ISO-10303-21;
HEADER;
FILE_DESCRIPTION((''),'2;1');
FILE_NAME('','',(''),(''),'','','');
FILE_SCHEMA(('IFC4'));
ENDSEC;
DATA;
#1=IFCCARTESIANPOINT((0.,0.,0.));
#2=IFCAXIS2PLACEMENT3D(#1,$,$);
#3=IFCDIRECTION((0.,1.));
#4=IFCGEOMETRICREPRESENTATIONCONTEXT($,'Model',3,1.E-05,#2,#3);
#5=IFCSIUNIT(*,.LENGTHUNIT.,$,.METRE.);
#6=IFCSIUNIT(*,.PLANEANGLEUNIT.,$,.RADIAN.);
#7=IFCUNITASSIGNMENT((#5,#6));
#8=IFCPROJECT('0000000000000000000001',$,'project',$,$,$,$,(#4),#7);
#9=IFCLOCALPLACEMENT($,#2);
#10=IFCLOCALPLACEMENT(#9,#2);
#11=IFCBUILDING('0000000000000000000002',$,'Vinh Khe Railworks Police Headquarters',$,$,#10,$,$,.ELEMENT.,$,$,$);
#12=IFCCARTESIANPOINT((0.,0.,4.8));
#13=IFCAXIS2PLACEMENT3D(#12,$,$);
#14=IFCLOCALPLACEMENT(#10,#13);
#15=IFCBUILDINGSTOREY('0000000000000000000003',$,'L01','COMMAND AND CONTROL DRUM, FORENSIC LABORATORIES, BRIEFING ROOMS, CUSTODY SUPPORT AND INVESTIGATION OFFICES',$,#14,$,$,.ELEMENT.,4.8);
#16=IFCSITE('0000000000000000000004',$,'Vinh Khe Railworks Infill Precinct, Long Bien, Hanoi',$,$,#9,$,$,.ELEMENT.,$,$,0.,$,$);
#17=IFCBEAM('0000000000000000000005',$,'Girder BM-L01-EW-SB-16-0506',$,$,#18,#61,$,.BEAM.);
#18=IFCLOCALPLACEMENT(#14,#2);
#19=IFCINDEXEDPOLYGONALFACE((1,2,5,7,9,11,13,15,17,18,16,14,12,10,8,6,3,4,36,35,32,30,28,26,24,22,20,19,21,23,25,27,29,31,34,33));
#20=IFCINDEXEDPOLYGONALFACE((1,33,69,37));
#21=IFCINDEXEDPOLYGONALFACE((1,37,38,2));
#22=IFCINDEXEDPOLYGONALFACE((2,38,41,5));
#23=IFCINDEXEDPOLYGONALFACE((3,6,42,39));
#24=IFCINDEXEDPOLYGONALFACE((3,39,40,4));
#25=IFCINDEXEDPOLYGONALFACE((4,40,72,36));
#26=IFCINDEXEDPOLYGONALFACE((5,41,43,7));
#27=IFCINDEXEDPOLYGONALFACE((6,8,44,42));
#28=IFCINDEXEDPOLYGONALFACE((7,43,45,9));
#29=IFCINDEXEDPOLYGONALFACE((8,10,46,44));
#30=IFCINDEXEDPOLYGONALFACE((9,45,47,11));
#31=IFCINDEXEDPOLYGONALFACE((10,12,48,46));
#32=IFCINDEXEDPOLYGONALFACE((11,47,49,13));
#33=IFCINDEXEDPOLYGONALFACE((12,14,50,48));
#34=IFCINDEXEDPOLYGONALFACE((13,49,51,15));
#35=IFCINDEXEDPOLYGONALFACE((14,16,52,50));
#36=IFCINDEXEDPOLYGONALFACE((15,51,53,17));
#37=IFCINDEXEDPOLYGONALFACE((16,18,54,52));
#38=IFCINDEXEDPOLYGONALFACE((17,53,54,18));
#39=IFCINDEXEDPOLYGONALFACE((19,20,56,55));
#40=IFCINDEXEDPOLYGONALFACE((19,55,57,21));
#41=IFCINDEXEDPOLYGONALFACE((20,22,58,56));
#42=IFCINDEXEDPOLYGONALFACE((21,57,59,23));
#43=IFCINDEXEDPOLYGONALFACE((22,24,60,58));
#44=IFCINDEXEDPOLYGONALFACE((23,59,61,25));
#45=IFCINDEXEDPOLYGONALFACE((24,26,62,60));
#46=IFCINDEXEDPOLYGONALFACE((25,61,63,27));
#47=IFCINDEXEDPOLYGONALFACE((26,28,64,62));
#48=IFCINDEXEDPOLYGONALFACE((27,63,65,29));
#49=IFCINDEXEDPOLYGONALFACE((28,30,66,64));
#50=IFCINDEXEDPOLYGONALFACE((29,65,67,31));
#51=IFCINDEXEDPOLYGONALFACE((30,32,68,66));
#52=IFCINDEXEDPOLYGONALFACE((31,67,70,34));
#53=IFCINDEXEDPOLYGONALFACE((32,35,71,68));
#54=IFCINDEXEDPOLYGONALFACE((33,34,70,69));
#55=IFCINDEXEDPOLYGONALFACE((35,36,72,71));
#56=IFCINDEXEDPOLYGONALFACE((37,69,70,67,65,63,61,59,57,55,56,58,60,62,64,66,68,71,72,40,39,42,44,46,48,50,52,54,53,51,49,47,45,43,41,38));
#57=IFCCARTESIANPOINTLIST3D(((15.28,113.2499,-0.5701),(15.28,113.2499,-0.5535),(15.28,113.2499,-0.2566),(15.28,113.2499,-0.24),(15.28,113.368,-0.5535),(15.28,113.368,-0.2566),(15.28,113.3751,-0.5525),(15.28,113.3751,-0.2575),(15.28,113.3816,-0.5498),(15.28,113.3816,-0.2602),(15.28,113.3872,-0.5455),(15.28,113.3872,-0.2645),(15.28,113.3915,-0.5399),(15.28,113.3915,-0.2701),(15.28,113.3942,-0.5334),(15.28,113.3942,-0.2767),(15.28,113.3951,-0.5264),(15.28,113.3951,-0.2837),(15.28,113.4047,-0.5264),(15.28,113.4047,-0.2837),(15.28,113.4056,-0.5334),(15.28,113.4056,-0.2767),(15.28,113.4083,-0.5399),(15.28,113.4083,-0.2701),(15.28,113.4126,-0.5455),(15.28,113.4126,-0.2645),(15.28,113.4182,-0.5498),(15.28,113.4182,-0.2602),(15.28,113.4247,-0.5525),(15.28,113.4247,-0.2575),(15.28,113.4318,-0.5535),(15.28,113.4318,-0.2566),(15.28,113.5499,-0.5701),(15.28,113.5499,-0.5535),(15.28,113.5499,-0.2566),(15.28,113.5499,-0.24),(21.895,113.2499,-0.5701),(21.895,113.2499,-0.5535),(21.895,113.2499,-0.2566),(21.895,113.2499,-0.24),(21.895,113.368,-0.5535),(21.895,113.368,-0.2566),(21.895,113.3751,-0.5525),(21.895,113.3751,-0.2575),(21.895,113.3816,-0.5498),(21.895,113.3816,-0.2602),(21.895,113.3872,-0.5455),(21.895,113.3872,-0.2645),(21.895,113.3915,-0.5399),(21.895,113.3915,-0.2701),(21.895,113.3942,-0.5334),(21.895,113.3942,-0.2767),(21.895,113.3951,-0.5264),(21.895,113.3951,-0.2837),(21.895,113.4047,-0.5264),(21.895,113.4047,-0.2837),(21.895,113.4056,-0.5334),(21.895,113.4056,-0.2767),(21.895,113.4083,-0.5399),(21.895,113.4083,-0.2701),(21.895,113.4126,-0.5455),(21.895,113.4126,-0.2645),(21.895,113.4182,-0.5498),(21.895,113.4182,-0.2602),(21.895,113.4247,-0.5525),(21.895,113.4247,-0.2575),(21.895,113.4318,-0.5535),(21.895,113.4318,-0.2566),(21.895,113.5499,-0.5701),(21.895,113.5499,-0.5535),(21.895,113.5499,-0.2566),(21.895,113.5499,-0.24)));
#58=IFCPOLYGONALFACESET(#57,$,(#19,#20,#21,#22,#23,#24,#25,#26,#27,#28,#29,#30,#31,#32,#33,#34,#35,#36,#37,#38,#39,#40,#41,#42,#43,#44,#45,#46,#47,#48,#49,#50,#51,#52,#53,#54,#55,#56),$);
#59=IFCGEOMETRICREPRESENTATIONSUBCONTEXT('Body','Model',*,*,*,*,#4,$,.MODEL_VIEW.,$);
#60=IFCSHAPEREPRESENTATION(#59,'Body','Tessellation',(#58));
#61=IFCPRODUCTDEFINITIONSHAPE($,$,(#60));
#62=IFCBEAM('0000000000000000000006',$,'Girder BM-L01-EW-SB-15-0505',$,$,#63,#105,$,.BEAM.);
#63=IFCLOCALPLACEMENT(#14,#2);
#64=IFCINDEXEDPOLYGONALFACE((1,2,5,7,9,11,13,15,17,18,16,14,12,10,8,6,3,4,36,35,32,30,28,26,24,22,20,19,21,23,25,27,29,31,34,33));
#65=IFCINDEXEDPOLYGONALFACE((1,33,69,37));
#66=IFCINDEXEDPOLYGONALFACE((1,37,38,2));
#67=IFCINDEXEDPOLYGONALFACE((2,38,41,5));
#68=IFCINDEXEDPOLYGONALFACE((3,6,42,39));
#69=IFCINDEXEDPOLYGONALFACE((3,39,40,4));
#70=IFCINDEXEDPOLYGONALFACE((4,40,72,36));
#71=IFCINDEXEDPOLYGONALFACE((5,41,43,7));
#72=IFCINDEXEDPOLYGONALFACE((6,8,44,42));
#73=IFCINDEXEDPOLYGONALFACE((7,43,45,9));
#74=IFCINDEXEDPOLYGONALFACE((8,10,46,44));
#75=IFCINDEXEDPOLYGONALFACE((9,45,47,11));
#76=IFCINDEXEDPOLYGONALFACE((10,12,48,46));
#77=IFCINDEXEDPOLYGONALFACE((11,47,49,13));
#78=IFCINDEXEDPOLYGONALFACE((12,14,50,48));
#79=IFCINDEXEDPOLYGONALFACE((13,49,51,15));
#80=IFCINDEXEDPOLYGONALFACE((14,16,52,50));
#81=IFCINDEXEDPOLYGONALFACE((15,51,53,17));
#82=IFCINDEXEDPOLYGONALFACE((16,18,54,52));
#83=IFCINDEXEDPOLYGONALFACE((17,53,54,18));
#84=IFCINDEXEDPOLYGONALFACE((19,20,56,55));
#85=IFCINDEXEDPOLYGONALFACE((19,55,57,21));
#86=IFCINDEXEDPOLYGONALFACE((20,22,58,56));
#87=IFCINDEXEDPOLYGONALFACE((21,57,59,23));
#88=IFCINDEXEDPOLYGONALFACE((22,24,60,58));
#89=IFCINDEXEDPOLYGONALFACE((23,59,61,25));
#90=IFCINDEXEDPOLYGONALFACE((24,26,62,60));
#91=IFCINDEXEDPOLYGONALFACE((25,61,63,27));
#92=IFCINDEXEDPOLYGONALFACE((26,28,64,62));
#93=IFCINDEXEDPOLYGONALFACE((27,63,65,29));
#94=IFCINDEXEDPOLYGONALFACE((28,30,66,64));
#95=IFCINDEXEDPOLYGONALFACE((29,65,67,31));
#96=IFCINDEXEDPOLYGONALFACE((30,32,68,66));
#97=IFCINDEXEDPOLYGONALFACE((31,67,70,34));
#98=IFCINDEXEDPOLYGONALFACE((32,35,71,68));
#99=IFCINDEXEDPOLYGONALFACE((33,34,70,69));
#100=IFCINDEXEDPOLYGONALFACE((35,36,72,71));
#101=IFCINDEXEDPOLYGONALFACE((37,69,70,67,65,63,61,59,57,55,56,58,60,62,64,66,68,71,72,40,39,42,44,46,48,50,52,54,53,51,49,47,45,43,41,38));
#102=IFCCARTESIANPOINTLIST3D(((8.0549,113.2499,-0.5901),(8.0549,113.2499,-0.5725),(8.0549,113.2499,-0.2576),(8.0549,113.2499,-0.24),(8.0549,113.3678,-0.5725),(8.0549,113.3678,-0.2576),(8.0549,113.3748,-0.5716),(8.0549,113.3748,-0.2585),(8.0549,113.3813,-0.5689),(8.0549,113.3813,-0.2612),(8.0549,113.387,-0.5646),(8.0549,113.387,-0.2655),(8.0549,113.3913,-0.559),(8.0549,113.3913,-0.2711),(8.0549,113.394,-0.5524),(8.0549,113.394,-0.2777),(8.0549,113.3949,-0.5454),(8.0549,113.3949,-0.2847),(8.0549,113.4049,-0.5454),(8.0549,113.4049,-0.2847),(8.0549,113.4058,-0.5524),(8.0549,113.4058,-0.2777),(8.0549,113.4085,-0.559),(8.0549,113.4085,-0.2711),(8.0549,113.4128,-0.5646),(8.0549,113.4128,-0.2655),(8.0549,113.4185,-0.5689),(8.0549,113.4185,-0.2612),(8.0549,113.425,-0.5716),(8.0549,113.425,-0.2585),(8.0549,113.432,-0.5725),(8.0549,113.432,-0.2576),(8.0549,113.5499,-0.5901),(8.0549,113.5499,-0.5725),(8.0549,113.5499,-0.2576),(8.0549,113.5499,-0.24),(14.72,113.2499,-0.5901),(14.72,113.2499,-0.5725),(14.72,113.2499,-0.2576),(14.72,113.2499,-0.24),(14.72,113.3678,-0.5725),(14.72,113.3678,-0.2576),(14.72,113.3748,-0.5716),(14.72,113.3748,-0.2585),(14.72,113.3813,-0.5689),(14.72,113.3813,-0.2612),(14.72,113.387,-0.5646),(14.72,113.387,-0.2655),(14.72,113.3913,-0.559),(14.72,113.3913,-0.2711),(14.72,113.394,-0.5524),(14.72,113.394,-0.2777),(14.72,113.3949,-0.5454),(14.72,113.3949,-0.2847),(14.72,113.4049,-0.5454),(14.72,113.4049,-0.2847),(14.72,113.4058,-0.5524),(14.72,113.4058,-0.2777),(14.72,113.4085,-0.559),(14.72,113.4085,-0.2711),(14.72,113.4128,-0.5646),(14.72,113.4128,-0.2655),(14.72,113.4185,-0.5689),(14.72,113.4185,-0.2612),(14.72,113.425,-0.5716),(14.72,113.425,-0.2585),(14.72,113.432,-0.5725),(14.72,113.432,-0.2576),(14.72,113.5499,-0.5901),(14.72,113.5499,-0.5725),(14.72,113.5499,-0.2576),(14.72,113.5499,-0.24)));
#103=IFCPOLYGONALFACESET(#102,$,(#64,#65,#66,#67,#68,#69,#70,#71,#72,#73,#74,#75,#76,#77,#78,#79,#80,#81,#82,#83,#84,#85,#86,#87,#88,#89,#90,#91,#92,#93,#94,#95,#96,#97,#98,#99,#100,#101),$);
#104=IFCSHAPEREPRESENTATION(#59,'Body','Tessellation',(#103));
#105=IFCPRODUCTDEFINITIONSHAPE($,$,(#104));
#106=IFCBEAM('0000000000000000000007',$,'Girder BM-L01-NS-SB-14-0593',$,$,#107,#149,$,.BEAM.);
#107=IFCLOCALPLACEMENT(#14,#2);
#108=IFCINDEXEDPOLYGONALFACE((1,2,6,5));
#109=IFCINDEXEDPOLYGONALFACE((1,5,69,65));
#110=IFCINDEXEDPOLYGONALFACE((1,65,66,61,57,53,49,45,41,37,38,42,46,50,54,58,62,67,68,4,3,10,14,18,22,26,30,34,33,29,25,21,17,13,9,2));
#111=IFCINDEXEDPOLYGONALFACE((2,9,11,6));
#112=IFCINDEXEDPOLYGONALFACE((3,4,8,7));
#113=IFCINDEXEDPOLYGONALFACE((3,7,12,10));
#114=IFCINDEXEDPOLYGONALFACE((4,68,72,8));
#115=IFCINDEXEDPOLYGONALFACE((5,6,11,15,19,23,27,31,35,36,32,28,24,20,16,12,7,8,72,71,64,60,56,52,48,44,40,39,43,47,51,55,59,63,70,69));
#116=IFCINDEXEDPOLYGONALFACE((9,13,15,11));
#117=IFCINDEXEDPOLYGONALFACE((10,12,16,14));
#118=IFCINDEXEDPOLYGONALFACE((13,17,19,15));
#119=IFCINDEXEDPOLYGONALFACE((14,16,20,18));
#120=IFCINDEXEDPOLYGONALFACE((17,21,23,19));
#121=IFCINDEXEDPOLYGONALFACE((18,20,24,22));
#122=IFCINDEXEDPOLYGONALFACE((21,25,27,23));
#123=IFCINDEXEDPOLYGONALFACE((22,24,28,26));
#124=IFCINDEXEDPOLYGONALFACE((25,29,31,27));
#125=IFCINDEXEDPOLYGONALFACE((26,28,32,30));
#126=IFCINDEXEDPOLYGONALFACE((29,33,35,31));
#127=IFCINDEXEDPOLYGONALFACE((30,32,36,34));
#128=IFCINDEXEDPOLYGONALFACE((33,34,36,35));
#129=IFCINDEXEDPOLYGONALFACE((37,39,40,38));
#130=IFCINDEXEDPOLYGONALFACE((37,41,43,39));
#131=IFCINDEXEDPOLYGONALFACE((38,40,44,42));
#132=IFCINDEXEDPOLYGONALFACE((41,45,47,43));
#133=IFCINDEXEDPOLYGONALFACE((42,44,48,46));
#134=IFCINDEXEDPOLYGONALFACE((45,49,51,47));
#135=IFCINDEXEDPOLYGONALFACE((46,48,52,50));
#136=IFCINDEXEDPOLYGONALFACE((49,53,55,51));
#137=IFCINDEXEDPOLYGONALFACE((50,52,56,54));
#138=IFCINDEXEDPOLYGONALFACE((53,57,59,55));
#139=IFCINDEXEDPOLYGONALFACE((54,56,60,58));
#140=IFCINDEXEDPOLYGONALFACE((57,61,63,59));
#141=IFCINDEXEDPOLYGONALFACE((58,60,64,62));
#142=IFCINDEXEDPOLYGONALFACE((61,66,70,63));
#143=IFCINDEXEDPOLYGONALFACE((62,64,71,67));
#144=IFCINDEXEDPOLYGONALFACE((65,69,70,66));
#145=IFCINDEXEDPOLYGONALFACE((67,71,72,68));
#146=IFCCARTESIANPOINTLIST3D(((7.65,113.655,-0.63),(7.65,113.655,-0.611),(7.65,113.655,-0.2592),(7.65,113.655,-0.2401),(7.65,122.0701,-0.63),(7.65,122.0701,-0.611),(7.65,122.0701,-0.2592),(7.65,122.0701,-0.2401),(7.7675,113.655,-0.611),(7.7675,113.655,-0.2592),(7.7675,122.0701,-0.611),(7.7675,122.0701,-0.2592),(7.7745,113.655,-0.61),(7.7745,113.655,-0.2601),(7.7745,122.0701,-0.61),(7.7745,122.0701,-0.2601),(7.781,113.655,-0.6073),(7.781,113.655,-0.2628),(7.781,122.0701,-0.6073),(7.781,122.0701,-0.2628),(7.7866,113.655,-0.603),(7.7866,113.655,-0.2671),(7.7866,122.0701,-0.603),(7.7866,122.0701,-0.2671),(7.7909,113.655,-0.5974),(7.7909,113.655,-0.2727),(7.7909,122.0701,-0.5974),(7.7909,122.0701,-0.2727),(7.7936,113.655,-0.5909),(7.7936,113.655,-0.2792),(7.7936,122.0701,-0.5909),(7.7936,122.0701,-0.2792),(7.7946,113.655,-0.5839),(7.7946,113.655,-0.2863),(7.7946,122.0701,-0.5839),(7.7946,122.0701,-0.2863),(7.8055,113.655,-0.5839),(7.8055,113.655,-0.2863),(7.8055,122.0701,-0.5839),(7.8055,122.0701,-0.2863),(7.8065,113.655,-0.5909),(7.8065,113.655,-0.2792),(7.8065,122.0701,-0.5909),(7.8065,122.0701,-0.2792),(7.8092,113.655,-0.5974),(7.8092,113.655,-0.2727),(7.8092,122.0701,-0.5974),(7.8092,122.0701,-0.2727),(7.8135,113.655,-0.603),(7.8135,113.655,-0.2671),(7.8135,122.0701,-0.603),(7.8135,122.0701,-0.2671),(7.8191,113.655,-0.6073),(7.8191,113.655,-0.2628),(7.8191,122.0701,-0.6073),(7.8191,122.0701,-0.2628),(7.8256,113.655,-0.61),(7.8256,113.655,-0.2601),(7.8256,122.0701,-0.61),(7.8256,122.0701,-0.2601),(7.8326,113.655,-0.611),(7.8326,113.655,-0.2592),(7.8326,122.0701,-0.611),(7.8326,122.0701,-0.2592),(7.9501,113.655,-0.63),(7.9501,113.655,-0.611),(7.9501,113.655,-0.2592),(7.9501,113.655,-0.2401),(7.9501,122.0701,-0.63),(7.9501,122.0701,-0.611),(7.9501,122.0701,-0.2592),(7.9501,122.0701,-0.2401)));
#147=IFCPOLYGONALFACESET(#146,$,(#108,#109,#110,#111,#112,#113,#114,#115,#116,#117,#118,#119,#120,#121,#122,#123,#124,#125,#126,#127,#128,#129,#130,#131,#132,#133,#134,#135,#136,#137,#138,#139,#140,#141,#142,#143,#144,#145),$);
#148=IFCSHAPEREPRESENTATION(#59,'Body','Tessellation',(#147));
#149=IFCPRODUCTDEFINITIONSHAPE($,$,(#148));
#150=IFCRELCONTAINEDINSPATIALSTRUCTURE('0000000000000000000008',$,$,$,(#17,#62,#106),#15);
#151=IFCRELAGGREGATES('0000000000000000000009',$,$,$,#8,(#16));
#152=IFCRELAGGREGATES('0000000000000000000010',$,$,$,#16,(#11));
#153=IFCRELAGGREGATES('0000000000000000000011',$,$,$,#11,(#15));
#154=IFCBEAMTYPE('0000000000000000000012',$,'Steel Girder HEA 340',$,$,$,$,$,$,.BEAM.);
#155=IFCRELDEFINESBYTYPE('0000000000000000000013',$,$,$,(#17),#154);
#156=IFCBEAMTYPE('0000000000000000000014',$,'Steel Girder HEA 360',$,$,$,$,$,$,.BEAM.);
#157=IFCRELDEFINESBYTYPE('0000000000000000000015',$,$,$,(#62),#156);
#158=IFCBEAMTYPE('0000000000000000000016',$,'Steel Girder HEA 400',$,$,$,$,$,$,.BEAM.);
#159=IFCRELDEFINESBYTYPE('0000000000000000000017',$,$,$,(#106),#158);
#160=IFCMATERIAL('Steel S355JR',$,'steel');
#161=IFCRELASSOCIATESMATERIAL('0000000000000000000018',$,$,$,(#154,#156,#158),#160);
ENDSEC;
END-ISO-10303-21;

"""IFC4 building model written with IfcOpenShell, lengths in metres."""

from ifc_helpers import new_model, si_unit, direction, frame, origin, origin_2d, place, context, subcontext, project, spatial, i_section, extrude, material, material_profile, profile_set, type_object, element, save


model = new_model("IFC4")

# Units and contexts
model_context = context("Model", 3, precision=1e-05, world=origin(), true_north=direction((0.0, 1.0)))
body_context = subcontext(model_context, "Body", "Model", "MODEL_VIEW")
ifc_project = project(units=[si_unit("LENGTHUNIT", "METRE"), si_unit("PLANEANGLEUNIT", "RADIAN")], contexts=[model_context])

# Site, building, storey
site_placement = place(None, origin())
site = spatial("IfcSite", under=ifc_project, at=site_placement, Name="Vinh Khe Railworks Infill Precinct, Long Bien, Hanoi", CompositionType="ELEMENT", RefElevation=0.0)
building_placement = place(site_placement, origin())
building = spatial("IfcBuilding", under=site, at=building_placement, Name="Vinh Khe Railworks Police Headquarters", CompositionType="ELEMENT")
storey_placement = place(building_placement, frame((0.0, 0.0, 4.8)))
storey = spatial("IfcBuildingStorey", under=building, at=storey_placement, Name="L01", Description="COMMAND AND CONTROL DRUM, FORENSIC LABORATORIES, BRIEFING ROOMS, CUSTODY SUPPORT AND INVESTIGATION OFFICES", CompositionType="ELEMENT", Elevation=4.8)

# Beams
ifc_material_1 = material(Name="Steel S355JR", Category="steel")
ifc_material_profile_1 = material_profile(ifc_material_1, i_section(OverallWidth=0.3, OverallDepth=0.3301, WebThickness=0.0095, FlangeThickness=0.0166, FilletRadius=0.0271, at=origin_2d()), Name="HEA 340")
ifc_profile_set_1 = profile_set([ifc_material_profile_1], Name="Steel S355JR")
beam_type_1 = type_object("IfcBeamType", Name="Steel Girder HEA 340", PredefinedType="BEAM", material=ifc_profile_set_1)
beam_1_placement = place(storey_placement, frame((15.28, 113.3999, -0.405), z_axis=(1.0, 0.0, 0.0), x_axis=(0.0, 1.0, 0.0)))
element("IfcBeam", 1, at=beam_1_placement, inside=storey, type_object=beam_type_1, Name="Girder BM-L01-EW-SB-16-0506", PredefinedType="BEAM", context=body_context, shape_type="SweptSolid", body=[
    extrude(i_section(OverallWidth=0.3, OverallDepth=0.3301, WebThickness=0.0095, FlangeThickness=0.0166, FilletRadius=0.0271, at=origin_2d()), origin(), (0.0, 0.0, 1.0), 6.615),
])
ifc_material_profile_2 = material_profile(ifc_material_1, i_section(OverallWidth=0.3, OverallDepth=0.3501, WebThickness=0.01, FlangeThickness=0.0176, FilletRadius=0.0271, at=origin_2d()), Name="HEA 360")
ifc_profile_set_2 = profile_set([ifc_material_profile_2], Name="Steel S355JR")
beam_type_2 = type_object("IfcBeamType", Name="Steel Girder HEA 360", PredefinedType="BEAM", material=ifc_profile_set_2)
beam_2_placement = place(storey_placement, frame((8.0549, 113.3999, -0.415), z_axis=(1.0, 0.0, 0.0), x_axis=(0.0, 1.0, 0.0)))
element("IfcBeam", 2, at=beam_2_placement, inside=storey, type_object=beam_type_2, Name="Girder BM-L01-EW-SB-15-0505", PredefinedType="BEAM", context=body_context, shape_type="SweptSolid", body=[
    extrude(i_section(OverallWidth=0.3, OverallDepth=0.3501, WebThickness=0.01, FlangeThickness=0.0176, FilletRadius=0.0271, at=origin_2d()), origin(), (0.0, 0.0, 1.0), 6.665),
])
ifc_material_profile_3 = material_profile(ifc_material_1, i_section(OverallWidth=0.3, OverallDepth=0.3899, WebThickness=0.011, FlangeThickness=0.019, FilletRadius=0.0271, at=origin_2d()), Name="HEA 400")
ifc_profile_set_3 = profile_set([ifc_material_profile_3], Name="Steel S355JR")
beam_type_3 = type_object("IfcBeamType", Name="Steel Girder HEA 400", PredefinedType="BEAM", material=ifc_profile_set_3)
beam_3_placement = place(storey_placement, frame((7.8, 113.655, -0.4351), z_axis=(0.0, 1.0, 0.0), x_axis=(-1.0, 0.0, 0.0)))
element("IfcBeam", 3, at=beam_3_placement, inside=storey, type_object=beam_type_3, Name="Girder BM-L01-NS-SB-14-0593", PredefinedType="BEAM", context=body_context, shape_type="SweptSolid", body=[
    extrude(i_section(OverallWidth=0.3, OverallDepth=0.3899, WebThickness=0.011, FlangeThickness=0.019, FilletRadius=0.0271, at=origin_2d()), origin(), (0.0, 0.0, 1.0), 8.415),
])

save(model, "model.ifc")
